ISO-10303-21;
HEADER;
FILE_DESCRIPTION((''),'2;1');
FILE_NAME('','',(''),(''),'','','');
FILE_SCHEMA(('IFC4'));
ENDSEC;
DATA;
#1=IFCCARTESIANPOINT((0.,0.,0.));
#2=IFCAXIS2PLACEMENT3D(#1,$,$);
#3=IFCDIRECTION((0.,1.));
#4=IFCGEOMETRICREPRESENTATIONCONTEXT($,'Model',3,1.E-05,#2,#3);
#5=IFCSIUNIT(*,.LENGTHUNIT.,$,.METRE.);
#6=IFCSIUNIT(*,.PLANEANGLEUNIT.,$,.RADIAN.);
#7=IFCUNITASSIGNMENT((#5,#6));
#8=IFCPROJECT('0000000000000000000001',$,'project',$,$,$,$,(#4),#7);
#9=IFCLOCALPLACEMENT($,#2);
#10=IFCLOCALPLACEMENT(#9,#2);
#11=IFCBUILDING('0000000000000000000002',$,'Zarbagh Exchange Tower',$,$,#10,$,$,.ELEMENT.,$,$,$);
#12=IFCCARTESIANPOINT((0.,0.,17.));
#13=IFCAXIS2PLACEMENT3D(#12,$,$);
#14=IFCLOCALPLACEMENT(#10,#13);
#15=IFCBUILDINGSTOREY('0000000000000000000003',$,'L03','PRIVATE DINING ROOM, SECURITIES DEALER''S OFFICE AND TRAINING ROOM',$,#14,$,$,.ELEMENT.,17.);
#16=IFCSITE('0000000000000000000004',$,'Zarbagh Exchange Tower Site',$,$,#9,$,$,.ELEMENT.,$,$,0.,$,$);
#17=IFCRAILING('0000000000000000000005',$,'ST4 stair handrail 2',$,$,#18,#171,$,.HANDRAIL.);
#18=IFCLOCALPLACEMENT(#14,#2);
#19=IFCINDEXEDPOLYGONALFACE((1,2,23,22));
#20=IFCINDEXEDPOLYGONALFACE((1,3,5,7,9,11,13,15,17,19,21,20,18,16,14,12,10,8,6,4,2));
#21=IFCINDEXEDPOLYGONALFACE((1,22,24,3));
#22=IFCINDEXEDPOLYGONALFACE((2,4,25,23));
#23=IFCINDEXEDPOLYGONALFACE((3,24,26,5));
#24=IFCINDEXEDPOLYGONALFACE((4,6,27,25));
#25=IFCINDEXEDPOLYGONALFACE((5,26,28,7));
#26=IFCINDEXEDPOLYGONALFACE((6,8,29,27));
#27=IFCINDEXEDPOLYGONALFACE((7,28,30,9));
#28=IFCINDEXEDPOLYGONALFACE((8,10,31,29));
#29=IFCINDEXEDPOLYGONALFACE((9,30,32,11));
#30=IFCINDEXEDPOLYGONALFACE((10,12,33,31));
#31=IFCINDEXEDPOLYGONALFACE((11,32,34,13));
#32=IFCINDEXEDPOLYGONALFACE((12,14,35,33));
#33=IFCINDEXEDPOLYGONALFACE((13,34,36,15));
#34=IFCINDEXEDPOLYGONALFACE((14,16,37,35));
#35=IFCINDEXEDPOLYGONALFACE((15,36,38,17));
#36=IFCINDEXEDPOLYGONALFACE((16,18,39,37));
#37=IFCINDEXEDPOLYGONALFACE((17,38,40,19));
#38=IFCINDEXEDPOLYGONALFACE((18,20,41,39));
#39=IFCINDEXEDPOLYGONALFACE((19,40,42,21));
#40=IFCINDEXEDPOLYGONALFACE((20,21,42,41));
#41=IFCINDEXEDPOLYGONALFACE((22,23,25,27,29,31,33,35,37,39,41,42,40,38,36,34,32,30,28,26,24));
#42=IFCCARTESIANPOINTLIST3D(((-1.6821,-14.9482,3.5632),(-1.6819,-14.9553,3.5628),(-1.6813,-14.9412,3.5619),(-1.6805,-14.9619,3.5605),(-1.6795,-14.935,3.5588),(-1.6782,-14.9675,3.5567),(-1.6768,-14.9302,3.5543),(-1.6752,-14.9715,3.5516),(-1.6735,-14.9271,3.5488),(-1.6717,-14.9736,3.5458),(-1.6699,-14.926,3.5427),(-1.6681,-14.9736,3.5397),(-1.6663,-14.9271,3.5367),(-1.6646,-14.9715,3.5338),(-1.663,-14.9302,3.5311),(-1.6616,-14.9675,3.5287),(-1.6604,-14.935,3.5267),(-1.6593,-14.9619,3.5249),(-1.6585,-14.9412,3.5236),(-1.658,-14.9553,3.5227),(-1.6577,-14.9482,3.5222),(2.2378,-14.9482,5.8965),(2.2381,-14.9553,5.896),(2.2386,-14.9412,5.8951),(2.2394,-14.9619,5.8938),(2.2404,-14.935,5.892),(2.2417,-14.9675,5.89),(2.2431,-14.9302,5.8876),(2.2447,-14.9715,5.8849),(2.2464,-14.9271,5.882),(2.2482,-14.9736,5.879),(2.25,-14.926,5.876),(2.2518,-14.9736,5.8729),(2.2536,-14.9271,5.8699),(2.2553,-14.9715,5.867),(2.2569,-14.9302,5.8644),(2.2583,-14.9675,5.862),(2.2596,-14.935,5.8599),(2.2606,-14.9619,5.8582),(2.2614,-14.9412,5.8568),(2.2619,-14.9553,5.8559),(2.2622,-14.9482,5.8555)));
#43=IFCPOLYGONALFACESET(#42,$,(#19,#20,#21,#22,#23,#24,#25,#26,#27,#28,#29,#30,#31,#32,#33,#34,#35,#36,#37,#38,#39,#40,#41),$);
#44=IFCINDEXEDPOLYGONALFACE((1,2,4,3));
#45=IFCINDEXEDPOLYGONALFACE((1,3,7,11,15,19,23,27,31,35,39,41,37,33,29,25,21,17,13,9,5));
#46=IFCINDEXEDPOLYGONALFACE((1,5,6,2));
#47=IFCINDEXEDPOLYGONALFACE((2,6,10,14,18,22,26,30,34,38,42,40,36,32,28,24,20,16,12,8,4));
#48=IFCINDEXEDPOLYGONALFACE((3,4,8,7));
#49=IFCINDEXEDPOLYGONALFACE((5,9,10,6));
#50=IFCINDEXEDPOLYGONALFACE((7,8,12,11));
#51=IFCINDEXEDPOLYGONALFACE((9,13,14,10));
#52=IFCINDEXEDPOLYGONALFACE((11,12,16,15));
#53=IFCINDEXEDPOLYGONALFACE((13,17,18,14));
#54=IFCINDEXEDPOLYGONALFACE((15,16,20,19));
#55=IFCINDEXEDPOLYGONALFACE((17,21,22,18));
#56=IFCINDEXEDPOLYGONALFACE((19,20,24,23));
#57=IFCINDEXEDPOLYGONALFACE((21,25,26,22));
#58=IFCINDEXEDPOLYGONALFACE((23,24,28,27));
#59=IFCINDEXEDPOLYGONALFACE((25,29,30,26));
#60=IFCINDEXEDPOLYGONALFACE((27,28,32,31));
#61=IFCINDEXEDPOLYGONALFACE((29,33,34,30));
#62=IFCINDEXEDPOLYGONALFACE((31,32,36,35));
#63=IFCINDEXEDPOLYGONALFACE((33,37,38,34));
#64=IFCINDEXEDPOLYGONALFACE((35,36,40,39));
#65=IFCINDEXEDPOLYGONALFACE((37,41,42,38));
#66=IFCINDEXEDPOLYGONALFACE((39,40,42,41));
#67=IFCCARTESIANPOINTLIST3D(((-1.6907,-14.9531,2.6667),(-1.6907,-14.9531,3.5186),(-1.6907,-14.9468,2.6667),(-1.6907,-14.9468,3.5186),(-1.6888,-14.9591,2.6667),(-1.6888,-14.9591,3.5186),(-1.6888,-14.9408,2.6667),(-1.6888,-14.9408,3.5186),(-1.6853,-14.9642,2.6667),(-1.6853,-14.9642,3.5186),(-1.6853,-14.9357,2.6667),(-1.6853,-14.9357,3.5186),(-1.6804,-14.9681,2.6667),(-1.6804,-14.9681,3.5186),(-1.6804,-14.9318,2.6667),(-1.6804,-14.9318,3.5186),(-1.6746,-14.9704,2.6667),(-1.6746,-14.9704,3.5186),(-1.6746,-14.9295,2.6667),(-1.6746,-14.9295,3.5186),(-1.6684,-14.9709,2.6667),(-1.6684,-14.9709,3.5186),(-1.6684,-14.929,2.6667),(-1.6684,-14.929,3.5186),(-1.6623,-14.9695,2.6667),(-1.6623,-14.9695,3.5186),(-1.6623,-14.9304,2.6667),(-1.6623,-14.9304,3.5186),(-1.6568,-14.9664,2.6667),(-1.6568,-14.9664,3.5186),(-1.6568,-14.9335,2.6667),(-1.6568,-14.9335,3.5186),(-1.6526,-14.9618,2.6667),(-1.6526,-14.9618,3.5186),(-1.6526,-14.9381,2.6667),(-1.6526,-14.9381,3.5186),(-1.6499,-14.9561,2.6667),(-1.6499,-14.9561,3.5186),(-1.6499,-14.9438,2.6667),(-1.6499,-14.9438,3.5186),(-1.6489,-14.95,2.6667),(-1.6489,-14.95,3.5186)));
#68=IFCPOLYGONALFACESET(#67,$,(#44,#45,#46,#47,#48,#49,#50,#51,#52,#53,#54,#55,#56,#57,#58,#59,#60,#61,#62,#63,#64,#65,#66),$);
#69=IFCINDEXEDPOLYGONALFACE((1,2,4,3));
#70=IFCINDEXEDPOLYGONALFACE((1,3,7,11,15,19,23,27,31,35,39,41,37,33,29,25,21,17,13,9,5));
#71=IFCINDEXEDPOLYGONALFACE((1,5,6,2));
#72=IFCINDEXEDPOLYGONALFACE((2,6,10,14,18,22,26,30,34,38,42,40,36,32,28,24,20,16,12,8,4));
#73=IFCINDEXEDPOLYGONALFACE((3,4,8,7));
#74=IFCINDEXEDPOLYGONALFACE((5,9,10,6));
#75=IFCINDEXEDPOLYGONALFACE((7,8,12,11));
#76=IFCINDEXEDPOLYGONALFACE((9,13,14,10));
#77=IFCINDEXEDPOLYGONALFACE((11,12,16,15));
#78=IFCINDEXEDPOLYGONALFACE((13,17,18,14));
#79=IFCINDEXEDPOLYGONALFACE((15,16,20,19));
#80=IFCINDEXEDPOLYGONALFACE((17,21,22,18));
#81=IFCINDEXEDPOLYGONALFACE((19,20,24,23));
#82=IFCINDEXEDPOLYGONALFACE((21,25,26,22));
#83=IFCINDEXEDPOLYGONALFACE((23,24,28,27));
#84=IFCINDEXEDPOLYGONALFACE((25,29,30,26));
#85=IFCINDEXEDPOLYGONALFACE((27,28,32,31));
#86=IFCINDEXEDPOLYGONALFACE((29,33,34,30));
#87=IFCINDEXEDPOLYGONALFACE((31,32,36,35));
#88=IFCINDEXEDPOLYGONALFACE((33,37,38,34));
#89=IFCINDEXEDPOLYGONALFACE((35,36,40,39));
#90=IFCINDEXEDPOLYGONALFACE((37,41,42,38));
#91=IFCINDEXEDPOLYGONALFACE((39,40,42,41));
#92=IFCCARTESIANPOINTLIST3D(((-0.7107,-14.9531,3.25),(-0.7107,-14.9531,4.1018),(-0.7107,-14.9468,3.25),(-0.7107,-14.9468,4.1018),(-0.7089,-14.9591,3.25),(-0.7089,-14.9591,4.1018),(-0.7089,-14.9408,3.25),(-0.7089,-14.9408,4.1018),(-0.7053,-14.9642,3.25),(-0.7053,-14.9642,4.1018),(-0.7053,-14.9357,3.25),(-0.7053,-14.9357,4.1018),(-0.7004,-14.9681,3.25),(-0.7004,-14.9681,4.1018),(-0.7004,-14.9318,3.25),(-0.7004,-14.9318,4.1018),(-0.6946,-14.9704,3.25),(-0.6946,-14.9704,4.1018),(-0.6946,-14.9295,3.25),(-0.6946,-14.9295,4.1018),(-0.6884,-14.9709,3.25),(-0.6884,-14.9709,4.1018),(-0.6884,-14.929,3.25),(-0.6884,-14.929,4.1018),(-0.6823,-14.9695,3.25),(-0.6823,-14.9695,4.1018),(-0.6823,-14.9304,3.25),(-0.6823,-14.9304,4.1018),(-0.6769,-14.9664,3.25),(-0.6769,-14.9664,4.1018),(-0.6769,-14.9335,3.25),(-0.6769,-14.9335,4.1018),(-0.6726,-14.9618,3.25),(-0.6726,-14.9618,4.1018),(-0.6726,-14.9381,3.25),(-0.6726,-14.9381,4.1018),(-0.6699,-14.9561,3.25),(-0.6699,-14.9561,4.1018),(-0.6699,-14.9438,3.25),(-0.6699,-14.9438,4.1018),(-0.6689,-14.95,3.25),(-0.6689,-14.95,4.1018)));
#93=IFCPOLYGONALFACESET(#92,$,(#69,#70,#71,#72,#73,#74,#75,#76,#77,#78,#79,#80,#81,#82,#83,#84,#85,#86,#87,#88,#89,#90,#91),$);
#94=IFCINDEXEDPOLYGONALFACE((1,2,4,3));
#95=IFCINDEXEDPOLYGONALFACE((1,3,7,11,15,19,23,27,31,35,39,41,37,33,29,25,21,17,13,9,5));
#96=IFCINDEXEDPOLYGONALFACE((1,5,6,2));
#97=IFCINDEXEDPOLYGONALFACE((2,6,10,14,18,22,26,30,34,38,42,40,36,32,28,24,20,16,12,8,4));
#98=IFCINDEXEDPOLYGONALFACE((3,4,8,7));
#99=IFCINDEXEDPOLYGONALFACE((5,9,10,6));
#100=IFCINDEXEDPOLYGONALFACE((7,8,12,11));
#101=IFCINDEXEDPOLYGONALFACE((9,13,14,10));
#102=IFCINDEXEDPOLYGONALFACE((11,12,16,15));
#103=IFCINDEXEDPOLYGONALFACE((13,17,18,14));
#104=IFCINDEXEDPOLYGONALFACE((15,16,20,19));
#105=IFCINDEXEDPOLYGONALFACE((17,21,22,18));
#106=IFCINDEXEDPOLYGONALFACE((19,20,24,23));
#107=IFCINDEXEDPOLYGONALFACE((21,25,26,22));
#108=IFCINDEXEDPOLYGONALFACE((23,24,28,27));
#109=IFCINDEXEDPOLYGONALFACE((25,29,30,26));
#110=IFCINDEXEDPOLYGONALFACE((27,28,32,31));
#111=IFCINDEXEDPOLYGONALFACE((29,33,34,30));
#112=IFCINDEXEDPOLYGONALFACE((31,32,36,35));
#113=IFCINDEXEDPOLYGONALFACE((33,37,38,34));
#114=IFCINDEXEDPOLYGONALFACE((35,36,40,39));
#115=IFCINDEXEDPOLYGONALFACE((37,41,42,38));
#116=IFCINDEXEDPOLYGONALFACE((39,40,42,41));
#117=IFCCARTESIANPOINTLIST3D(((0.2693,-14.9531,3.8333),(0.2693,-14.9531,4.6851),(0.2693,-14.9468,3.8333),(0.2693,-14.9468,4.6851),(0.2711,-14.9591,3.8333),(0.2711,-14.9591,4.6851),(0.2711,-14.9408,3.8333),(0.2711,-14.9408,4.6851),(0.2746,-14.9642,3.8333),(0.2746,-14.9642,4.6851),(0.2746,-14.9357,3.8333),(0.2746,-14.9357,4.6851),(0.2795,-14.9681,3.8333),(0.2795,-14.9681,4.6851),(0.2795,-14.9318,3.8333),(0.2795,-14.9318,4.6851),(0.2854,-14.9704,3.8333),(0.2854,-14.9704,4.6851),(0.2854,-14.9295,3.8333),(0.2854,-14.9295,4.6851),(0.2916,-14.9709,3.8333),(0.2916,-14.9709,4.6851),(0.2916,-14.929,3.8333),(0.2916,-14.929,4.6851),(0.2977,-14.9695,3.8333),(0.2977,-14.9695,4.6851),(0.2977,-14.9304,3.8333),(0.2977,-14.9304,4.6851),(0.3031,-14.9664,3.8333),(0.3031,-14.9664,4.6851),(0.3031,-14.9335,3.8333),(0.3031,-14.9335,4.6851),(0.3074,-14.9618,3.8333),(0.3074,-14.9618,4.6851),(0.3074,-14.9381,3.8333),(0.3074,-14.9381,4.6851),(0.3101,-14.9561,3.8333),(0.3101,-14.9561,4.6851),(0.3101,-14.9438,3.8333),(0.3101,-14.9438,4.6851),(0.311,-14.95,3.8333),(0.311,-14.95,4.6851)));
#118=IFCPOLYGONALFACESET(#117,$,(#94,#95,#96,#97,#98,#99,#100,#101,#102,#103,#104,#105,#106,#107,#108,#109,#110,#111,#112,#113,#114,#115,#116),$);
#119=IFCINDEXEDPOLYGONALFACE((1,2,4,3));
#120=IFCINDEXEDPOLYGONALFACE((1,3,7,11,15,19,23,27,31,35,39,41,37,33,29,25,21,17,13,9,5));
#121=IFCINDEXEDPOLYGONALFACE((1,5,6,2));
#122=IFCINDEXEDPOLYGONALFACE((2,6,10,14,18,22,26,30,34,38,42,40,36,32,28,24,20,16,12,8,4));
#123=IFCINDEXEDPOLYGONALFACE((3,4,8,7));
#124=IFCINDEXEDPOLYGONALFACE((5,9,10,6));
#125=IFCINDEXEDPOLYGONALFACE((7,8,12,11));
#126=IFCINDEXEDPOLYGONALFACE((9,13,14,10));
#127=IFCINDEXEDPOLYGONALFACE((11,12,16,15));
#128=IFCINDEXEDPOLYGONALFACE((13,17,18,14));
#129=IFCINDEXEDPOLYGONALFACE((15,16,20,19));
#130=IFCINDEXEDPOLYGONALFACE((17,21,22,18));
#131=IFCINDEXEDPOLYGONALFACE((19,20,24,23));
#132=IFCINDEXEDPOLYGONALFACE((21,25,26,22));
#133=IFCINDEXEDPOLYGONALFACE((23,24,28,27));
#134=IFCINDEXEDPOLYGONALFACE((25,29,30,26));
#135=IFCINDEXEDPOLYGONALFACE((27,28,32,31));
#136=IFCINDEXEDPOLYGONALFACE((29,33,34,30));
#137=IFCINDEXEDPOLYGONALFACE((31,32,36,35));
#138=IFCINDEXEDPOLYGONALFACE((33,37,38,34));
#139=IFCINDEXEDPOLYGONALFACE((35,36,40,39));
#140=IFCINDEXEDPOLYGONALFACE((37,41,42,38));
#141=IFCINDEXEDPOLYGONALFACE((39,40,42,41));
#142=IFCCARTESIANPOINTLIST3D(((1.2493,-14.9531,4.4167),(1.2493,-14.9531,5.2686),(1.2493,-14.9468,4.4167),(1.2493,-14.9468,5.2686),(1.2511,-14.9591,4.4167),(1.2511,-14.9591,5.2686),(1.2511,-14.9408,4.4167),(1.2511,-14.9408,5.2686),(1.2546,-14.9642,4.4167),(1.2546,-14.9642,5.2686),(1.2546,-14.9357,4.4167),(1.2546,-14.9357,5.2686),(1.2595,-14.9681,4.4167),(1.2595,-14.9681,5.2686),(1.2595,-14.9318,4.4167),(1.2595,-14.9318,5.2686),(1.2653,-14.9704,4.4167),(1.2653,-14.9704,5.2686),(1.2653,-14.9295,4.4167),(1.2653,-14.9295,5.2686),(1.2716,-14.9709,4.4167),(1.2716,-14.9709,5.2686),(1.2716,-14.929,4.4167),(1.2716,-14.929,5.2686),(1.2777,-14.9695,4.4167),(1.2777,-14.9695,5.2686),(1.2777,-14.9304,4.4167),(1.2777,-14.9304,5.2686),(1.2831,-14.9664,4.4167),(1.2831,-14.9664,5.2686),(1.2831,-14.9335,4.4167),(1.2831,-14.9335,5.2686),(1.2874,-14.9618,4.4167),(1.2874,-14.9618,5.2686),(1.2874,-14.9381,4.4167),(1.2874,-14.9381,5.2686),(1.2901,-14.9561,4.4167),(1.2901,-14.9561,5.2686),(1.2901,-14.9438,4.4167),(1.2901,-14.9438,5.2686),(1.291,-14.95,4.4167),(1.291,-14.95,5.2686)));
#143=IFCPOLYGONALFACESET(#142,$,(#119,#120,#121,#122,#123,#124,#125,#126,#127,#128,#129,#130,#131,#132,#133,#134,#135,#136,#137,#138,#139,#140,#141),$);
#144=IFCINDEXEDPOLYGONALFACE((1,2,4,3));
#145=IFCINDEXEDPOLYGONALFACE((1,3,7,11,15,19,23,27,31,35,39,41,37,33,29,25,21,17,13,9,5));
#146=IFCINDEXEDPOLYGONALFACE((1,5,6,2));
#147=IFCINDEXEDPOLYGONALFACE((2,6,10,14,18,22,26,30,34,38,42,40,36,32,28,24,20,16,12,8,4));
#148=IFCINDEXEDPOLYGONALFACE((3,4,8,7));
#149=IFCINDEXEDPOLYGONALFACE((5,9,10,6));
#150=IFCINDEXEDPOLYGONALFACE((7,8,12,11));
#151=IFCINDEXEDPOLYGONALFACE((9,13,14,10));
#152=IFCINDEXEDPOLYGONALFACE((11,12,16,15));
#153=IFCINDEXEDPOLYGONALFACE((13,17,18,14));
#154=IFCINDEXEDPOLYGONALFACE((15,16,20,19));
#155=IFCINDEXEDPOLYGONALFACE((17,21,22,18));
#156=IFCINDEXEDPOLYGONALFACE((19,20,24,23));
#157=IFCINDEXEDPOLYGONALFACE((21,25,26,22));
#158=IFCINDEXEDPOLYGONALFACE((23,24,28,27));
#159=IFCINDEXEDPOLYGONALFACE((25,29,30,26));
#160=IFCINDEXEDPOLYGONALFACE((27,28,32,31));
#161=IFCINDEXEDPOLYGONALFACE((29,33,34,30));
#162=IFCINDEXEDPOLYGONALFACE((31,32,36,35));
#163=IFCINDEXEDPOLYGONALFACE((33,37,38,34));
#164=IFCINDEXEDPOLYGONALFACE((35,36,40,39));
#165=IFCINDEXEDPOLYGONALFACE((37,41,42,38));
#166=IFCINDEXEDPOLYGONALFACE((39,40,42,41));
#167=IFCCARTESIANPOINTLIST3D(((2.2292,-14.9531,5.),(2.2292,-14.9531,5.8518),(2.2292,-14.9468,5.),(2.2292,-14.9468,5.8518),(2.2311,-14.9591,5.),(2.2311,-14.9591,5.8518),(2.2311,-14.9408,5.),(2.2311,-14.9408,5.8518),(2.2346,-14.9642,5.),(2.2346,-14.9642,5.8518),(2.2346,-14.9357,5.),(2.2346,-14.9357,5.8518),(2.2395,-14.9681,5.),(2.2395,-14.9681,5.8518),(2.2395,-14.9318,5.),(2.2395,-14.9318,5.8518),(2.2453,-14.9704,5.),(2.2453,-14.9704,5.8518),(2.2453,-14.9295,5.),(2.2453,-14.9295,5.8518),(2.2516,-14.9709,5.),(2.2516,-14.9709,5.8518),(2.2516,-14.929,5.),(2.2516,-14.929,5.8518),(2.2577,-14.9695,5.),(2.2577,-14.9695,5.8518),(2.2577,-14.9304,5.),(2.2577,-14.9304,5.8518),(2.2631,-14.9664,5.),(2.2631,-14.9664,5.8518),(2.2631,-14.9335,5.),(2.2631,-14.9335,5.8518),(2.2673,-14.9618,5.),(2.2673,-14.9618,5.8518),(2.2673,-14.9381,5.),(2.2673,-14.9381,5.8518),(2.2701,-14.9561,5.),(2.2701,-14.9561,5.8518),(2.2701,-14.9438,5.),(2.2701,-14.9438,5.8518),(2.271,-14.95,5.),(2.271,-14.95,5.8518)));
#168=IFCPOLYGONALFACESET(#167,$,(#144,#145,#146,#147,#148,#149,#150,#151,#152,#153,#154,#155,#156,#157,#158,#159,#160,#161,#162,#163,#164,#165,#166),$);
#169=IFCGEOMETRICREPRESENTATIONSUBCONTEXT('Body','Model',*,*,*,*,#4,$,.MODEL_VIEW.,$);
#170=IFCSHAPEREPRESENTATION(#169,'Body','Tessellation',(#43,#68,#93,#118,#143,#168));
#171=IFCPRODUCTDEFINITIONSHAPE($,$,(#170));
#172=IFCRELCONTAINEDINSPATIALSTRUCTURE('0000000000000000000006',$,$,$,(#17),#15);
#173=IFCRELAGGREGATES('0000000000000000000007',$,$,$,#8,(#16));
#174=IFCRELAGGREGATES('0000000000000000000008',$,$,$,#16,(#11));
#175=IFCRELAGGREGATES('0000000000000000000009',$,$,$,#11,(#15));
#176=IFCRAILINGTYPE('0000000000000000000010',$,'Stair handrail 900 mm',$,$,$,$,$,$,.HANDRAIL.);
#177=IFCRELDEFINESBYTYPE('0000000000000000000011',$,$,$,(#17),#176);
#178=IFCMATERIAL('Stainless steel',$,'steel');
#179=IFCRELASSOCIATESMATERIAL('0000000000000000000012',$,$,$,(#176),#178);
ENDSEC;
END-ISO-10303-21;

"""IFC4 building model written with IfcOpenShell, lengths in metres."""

from ifc_helpers import new_model, si_unit, direction, frame, origin, origin_2d, place, context, subcontext, project, spatial, circle, extrude, material, type_object, element, save


model = new_model("IFC4")

# Units and contexts
model_context = context("Model", 3, precision=1e-05, world=origin(), true_north=direction((0.0, 1.0)))
body_context = subcontext(model_context, "Body", "Model", "MODEL_VIEW")
ifc_project = project(units=[si_unit("LENGTHUNIT", "METRE"), si_unit("PLANEANGLEUNIT", "RADIAN")], contexts=[model_context])

# Site, building, storey
site_placement = place(None, origin())
site = spatial("IfcSite", under=ifc_project, at=site_placement, Name="Zarbagh Exchange Tower Site", CompositionType="ELEMENT", RefElevation=0.0)
building_placement = place(site_placement, origin())
building = spatial("IfcBuilding", under=site, at=building_placement, Name="Zarbagh Exchange Tower", CompositionType="ELEMENT")
storey_placement = place(building_placement, frame((0.0, 0.0, 17.0)))
storey = spatial("IfcBuildingStorey", under=building, at=storey_placement, Name="L03", Description="PRIVATE DINING ROOM, SECURITIES DEALER'S OFFICE AND TRAINING ROOM", CompositionType="ELEMENT", Elevation=17.0)

# Railing
ifc_material_1 = material(Name="Stainless steel", Category="steel")
railing_type_1 = type_object("IfcRailingType", Name="Stair handrail 900 mm", PredefinedType="HANDRAIL", material=ifc_material_1)
for number, where, name in (
    (1, (-1.6699, -14.95, 2.6667), "ST4 stair handrail 2"),
):
    element("IfcRailing", number, at=place(storey_placement, frame(where)), inside=storey, type_object=railing_type_1, Name=name, PredefinedType="HANDRAIL", context=body_context, shape_type="SweptSolid", body=[
        extrude(circle(Radius=0.0239, at=origin_2d()), frame((0.0, 0.0, 0.876), z_axis=(0.859296, 0.0, 0.511478), x_axis=(0.0, 1.0, 0.0)), (0.0, 0.0, 1.0), 4.5618),
        extrude(circle(Radius=0.021, at=origin_2d()), origin(), (0.0, 0.0, 1.0), 0.8518),
        extrude(circle(Radius=0.021, at=origin_2d()), frame((0.98, 0.0, 0.5833)), (0.0, 0.0, 1.0), 0.8518),
        extrude(circle(Radius=0.021, at=origin_2d()), frame((1.96, 0.0, 1.1665)), (0.0, 0.0, 1.0), 0.8518),
        extrude(circle(Radius=0.021, at=origin_2d()), frame((2.9399, 0.0, 1.75)), (0.0, 0.0, 1.0), 0.8518),
        extrude(circle(Radius=0.021, at=origin_2d()), frame((3.9199, 0.0, 2.3333)), (0.0, 0.0, 1.0), 0.8518),
    ])

save(model, "model.ifc")
